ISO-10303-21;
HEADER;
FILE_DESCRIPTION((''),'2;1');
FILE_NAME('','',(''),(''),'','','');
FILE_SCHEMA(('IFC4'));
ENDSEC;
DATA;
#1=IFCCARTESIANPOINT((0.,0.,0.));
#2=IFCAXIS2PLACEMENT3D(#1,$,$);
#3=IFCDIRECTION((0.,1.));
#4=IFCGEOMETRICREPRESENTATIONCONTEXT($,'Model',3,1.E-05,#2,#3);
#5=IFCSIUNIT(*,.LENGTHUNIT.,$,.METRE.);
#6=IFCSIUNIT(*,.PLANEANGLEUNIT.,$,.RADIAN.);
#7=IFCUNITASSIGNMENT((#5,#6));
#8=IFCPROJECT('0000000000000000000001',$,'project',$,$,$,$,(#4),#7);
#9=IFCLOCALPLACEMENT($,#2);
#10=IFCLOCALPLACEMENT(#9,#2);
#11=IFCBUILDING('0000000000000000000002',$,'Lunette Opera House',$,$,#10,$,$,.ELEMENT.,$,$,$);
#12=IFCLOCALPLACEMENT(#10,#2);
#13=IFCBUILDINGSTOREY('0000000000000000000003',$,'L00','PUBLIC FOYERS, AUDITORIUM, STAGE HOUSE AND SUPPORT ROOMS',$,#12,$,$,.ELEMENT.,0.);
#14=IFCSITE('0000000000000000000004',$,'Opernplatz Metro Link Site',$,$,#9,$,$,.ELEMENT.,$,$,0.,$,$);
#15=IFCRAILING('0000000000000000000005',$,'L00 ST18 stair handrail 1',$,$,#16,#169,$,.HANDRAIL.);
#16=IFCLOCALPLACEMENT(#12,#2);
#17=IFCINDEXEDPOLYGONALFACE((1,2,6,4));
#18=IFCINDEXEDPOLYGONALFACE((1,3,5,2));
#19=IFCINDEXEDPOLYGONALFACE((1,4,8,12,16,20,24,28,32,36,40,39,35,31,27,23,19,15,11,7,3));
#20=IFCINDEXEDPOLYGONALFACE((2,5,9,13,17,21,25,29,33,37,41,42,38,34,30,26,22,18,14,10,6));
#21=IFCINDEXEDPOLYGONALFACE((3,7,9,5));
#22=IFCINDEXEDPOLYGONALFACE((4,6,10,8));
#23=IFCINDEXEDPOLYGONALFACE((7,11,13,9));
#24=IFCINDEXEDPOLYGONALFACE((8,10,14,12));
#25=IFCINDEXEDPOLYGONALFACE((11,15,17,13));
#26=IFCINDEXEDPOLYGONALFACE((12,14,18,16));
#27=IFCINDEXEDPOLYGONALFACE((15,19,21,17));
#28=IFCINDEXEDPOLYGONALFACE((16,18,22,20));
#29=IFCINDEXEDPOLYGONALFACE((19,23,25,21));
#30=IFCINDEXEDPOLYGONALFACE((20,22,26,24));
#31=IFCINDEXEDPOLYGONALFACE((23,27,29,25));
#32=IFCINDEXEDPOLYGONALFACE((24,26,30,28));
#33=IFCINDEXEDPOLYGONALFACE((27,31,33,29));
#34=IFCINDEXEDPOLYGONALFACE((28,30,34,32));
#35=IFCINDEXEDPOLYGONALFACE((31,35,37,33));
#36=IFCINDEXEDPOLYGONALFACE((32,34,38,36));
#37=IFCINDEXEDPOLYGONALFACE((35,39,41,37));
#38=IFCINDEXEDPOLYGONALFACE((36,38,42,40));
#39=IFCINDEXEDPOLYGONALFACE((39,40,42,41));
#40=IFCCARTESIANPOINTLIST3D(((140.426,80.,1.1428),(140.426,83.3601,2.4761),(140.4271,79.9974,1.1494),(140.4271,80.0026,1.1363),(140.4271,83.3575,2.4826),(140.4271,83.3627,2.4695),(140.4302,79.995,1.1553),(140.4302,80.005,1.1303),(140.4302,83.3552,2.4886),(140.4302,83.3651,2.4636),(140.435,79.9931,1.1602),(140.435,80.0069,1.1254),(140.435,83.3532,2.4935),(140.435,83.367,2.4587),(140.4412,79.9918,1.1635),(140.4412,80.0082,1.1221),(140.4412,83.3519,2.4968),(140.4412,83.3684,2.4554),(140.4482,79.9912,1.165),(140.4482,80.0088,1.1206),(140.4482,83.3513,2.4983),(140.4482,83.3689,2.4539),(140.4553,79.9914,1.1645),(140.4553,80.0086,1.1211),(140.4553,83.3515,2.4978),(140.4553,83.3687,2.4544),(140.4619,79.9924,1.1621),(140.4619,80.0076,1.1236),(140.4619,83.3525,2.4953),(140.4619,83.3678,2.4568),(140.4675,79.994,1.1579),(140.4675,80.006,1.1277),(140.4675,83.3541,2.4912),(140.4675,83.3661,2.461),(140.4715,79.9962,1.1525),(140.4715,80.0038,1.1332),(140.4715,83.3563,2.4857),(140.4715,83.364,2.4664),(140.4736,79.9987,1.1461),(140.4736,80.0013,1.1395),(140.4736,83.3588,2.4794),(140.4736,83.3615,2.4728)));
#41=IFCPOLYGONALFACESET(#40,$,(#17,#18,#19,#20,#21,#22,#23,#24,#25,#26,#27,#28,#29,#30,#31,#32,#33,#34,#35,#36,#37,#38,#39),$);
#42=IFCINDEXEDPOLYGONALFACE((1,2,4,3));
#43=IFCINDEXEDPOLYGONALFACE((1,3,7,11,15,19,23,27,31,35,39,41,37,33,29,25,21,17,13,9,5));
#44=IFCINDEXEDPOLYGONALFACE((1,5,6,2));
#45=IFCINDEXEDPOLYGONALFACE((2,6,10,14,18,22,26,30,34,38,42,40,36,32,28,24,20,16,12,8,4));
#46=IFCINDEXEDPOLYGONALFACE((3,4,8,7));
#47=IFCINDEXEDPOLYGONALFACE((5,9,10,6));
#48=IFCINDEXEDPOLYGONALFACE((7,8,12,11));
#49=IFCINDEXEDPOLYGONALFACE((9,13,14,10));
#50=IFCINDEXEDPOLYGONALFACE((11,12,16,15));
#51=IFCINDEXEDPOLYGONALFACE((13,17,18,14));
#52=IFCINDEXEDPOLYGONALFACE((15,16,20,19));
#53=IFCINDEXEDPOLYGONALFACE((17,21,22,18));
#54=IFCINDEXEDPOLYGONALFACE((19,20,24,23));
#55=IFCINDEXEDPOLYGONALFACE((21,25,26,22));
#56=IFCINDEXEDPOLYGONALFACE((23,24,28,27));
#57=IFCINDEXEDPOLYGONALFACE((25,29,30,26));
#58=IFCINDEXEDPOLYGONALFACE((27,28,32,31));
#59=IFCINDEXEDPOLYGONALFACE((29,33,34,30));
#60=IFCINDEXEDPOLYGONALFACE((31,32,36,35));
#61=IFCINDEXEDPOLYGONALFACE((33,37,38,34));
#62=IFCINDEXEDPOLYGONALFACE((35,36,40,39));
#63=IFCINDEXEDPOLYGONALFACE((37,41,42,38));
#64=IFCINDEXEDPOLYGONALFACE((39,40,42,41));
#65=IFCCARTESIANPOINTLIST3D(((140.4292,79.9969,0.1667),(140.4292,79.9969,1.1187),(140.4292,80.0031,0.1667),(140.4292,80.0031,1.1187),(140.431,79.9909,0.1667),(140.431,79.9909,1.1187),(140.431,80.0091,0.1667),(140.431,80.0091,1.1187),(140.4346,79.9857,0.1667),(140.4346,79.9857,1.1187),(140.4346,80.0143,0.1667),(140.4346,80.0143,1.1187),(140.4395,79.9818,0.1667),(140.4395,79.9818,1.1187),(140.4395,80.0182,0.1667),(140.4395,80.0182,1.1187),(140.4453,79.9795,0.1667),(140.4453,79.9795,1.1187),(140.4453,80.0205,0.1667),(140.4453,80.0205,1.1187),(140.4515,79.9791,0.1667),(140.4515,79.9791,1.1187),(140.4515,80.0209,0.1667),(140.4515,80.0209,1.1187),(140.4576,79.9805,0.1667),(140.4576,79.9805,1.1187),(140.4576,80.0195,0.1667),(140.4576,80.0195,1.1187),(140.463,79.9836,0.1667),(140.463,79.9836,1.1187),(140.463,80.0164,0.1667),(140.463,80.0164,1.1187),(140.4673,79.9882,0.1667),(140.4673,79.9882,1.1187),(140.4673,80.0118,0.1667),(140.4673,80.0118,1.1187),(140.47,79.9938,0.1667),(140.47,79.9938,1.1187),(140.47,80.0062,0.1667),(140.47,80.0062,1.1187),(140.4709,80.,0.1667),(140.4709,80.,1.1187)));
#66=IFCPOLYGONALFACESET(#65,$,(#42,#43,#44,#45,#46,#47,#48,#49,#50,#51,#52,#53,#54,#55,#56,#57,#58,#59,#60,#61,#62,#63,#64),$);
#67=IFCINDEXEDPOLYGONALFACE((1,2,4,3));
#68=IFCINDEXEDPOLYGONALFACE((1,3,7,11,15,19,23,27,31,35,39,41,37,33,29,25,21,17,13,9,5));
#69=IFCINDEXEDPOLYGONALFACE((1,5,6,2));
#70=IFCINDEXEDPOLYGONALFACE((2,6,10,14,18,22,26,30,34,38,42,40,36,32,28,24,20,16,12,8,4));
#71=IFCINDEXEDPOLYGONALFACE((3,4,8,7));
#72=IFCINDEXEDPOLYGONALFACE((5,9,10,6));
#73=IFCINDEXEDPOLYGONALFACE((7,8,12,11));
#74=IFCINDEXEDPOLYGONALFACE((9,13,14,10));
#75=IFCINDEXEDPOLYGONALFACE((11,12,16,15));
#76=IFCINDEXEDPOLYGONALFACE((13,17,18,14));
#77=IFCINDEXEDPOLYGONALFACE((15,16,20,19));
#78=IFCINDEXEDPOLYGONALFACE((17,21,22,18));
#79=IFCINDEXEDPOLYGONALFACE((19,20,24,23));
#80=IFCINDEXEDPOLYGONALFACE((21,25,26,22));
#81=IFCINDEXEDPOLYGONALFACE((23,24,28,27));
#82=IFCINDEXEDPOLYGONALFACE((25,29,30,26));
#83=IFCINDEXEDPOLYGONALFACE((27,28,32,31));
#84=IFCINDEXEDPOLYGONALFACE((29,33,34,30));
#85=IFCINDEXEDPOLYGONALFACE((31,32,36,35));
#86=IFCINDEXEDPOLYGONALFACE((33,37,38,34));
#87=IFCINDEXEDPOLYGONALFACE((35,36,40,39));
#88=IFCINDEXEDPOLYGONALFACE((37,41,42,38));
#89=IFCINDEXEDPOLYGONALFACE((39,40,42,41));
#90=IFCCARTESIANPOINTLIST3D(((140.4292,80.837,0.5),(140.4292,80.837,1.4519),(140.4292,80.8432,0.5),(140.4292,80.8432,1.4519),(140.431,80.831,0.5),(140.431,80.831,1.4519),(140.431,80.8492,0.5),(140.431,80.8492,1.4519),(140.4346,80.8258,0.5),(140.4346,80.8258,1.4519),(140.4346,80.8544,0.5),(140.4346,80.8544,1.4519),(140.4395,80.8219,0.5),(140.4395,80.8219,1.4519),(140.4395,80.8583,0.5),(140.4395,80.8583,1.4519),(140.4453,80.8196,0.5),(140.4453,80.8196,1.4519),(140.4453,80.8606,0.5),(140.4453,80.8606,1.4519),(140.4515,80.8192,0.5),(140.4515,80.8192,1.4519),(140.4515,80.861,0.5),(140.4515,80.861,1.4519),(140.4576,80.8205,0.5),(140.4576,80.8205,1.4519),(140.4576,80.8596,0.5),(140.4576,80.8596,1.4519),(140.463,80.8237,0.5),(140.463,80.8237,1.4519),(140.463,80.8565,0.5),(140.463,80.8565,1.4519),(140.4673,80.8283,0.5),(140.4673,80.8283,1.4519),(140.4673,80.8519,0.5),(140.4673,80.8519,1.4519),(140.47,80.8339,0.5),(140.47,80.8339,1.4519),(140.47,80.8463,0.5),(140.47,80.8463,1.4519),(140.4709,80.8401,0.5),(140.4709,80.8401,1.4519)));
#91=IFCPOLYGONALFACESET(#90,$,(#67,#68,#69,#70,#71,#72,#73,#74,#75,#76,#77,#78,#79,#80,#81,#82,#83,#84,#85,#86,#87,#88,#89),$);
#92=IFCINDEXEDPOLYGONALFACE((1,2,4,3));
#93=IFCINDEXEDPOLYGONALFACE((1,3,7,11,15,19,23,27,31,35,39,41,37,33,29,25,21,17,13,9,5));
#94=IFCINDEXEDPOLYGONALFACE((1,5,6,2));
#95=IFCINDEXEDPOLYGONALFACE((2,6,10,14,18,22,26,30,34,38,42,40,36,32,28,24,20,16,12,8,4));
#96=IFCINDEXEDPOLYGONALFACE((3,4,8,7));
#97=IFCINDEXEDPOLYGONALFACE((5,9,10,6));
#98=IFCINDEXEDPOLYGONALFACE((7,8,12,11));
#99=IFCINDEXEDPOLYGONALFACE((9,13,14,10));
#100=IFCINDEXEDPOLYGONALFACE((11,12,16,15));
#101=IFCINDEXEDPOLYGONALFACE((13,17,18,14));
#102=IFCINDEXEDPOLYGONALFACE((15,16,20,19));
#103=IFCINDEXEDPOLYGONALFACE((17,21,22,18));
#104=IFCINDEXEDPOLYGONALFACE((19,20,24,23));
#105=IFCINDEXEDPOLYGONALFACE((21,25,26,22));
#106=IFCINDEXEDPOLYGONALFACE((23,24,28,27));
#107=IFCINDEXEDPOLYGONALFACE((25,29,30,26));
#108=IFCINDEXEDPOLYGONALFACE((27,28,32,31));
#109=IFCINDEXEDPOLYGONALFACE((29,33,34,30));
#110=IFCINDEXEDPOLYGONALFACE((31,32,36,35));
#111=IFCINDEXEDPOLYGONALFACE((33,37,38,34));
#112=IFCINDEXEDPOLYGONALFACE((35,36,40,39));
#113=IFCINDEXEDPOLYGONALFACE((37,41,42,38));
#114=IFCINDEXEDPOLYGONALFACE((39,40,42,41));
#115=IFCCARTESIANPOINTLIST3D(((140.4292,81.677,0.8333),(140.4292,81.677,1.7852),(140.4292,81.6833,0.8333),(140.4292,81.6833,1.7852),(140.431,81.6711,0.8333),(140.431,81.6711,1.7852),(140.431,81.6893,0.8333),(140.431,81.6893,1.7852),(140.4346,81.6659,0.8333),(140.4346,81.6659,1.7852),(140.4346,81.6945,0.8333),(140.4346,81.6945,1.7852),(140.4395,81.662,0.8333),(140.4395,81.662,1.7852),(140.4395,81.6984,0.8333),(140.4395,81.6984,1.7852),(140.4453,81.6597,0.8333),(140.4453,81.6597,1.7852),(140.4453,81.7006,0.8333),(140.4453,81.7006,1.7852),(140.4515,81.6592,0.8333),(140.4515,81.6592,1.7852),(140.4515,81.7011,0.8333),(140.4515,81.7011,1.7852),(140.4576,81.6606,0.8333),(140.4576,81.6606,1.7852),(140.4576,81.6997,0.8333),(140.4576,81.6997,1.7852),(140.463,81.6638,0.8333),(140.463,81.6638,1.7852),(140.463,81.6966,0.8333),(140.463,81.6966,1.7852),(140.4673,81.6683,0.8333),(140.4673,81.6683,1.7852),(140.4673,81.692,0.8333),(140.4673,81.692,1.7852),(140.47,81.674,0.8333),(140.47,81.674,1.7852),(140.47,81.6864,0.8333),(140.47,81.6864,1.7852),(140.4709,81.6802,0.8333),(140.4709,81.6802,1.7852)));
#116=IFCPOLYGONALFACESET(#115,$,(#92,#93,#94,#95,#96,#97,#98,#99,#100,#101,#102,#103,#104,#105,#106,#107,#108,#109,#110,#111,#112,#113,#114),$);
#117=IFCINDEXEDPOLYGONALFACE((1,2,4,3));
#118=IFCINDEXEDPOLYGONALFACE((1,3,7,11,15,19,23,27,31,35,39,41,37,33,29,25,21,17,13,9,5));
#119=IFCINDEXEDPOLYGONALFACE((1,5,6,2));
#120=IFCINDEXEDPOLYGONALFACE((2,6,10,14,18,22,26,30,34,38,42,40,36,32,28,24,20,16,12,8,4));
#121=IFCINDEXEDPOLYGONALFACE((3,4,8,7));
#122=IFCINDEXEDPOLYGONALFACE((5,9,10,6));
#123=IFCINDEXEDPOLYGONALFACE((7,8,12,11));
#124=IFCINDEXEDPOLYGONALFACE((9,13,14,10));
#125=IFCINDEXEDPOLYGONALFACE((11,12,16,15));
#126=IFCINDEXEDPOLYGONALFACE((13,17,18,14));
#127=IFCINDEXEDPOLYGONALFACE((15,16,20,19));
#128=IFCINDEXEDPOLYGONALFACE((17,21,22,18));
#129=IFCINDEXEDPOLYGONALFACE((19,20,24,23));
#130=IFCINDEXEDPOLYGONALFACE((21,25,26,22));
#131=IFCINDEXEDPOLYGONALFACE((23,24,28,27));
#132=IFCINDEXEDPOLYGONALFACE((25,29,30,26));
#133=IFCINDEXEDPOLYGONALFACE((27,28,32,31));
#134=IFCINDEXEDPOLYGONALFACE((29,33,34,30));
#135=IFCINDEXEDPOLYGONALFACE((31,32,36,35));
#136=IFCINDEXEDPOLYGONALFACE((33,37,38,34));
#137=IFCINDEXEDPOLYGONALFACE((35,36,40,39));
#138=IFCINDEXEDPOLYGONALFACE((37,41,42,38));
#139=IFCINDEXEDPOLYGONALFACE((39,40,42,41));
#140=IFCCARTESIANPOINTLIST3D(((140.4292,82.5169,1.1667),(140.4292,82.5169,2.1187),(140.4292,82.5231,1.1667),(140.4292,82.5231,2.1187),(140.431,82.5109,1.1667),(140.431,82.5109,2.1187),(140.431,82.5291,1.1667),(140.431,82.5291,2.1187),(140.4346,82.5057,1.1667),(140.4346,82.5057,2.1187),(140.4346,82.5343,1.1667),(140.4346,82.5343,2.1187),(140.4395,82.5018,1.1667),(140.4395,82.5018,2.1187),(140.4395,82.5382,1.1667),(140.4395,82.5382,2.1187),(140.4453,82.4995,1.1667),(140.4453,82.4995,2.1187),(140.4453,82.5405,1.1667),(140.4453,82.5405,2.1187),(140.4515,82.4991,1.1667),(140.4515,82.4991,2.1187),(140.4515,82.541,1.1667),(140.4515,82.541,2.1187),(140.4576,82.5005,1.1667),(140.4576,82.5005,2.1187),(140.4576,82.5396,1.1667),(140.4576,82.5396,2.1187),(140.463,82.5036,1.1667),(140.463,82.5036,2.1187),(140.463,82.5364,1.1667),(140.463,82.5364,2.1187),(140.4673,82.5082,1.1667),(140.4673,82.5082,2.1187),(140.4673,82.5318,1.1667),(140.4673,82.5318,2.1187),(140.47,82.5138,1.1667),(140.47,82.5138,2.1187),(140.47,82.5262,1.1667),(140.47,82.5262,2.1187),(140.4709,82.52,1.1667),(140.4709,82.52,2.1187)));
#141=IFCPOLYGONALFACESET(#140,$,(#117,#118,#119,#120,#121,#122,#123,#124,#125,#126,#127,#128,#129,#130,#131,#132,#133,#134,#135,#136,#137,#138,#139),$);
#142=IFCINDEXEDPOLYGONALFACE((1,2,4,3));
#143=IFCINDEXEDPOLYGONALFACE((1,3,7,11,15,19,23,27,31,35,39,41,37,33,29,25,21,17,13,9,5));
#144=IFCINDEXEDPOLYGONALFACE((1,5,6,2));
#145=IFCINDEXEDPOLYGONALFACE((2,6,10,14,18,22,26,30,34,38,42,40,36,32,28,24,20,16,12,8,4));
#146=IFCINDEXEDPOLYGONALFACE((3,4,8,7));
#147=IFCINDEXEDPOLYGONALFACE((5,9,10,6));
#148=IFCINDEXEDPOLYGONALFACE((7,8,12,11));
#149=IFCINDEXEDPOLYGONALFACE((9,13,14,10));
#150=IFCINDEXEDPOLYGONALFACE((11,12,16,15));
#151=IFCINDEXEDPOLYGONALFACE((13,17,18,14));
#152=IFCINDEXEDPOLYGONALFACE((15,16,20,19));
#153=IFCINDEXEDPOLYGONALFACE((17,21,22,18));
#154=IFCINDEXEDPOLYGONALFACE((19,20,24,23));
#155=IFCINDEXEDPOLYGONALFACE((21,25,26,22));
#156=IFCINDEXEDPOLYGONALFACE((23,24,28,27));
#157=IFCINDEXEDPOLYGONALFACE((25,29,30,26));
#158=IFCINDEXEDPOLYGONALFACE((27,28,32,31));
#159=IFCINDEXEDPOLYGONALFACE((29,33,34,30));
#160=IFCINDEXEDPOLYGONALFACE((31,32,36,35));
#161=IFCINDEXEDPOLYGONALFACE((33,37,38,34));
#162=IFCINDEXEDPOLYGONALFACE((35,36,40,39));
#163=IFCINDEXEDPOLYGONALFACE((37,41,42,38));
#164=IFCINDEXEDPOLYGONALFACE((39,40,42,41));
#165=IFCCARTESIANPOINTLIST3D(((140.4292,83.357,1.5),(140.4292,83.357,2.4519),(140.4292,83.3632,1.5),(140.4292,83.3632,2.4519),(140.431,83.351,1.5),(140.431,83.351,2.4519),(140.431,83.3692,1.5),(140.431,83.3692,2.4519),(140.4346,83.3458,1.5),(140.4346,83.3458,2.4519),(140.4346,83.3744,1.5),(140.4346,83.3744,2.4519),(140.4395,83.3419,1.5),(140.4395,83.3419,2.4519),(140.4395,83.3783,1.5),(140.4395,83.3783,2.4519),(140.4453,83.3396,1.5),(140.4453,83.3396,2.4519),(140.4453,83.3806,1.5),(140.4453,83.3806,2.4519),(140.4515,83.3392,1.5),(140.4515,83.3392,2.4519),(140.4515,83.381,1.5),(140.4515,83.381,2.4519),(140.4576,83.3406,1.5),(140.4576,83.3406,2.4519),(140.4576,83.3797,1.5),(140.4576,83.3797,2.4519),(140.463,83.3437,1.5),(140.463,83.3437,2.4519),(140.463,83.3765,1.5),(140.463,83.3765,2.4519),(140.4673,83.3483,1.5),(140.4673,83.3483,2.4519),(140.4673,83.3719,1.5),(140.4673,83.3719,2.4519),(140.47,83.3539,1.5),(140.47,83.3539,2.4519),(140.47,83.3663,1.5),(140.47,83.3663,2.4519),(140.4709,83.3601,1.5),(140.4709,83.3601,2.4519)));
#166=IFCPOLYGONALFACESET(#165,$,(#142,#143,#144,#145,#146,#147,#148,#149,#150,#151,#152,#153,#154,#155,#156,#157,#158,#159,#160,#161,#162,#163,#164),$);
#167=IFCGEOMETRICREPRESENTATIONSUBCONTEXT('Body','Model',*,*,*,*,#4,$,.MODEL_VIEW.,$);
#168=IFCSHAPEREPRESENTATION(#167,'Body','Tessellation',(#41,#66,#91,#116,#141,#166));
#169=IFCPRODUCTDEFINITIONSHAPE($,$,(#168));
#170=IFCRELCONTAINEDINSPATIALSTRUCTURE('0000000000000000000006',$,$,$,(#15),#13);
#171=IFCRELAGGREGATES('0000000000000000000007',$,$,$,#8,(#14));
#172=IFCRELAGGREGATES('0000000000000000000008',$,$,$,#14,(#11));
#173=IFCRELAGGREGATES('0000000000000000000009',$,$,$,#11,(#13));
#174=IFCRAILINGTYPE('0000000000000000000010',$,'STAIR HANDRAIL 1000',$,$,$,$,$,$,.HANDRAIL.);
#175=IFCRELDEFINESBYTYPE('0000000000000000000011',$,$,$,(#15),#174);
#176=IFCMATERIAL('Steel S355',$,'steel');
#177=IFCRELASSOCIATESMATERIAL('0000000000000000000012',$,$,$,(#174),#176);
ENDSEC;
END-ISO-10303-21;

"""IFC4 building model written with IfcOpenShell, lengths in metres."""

from ifc_helpers import new_model, si_unit, direction, frame, origin, origin_2d, place, context, subcontext, project, spatial, circle, extrude, material, type_object, element, save


model = new_model("IFC4")

# Units and contexts
model_context = context("Model", 3, precision=1e-05, world=origin(), true_north=direction((0.0, 1.0)))
body_context = subcontext(model_context, "Body", "Model", "MODEL_VIEW")
ifc_project = project(units=[si_unit("LENGTHUNIT", "METRE"), si_unit("PLANEANGLEUNIT", "RADIAN")], contexts=[model_context])

# Site, building, storey
site_placement = place(None, origin())
site = spatial("IfcSite", under=ifc_project, at=site_placement, Name="Opernplatz Metro Link Site", CompositionType="ELEMENT", RefElevation=0.0)
building_placement = place(site_placement, origin())
building = spatial("IfcBuilding", under=site, at=building_placement, Name="Lunette Opera House", CompositionType="ELEMENT")
storey_placement = place(building_placement, origin())
storey = spatial("IfcBuildingStorey", under=building, at=storey_placement, Name="L00", Description="PUBLIC FOYERS, AUDITORIUM, STAGE HOUSE AND SUPPORT ROOMS", CompositionType="ELEMENT", Elevation=0.0)

# Railing
ifc_material_1 = material(Name="Steel S355", Category="steel")
railing_type_1 = type_object("IfcRailingType", Name="STAIR HANDRAIL 1000", PredefinedType="HANDRAIL", material=ifc_material_1)
railing_1_placement = place(storey_placement, frame((140.45, 80.0, 0.1667)))
element("IfcRailing", 1, at=railing_1_placement, inside=storey, type_object=railing_type_1, Name="L00 ST18 stair handrail 1", PredefinedType="HANDRAIL", context=body_context, shape_type="SweptSolid", body=[
    extrude(circle(Radius=0.0239, at=origin_2d()), frame((0.0, 0.0, 0.9761), z_axis=(0.0, 0.929502, 0.368816), x_axis=(-1.0, 0.0, 0.0)), (0.0, 0.0, 1.0), 3.615),
    extrude(circle(Radius=0.021, at=origin_2d()), origin(), (0.0, 0.0, 1.0), 0.9519),
    extrude(circle(Radius=0.021, at=origin_2d()), frame((0.0, 0.8401, 0.3333)), (0.0, 0.0, 1.0), 0.9519),
    extrude(circle(Radius=0.021, at=origin_2d()), frame((0.0, 1.6802, 0.6665)), (0.0, 0.0, 1.0), 0.9519),
    extrude(circle(Radius=0.021, at=origin_2d()), frame((0.0, 2.52, 1.0)), (0.0, 0.0, 1.0), 0.9519),
    extrude(circle(Radius=0.021, at=origin_2d()), frame((0.0, 3.3601, 1.3333)), (0.0, 0.0, 1.0), 0.9519),
])

save(model, "model.ifc")
